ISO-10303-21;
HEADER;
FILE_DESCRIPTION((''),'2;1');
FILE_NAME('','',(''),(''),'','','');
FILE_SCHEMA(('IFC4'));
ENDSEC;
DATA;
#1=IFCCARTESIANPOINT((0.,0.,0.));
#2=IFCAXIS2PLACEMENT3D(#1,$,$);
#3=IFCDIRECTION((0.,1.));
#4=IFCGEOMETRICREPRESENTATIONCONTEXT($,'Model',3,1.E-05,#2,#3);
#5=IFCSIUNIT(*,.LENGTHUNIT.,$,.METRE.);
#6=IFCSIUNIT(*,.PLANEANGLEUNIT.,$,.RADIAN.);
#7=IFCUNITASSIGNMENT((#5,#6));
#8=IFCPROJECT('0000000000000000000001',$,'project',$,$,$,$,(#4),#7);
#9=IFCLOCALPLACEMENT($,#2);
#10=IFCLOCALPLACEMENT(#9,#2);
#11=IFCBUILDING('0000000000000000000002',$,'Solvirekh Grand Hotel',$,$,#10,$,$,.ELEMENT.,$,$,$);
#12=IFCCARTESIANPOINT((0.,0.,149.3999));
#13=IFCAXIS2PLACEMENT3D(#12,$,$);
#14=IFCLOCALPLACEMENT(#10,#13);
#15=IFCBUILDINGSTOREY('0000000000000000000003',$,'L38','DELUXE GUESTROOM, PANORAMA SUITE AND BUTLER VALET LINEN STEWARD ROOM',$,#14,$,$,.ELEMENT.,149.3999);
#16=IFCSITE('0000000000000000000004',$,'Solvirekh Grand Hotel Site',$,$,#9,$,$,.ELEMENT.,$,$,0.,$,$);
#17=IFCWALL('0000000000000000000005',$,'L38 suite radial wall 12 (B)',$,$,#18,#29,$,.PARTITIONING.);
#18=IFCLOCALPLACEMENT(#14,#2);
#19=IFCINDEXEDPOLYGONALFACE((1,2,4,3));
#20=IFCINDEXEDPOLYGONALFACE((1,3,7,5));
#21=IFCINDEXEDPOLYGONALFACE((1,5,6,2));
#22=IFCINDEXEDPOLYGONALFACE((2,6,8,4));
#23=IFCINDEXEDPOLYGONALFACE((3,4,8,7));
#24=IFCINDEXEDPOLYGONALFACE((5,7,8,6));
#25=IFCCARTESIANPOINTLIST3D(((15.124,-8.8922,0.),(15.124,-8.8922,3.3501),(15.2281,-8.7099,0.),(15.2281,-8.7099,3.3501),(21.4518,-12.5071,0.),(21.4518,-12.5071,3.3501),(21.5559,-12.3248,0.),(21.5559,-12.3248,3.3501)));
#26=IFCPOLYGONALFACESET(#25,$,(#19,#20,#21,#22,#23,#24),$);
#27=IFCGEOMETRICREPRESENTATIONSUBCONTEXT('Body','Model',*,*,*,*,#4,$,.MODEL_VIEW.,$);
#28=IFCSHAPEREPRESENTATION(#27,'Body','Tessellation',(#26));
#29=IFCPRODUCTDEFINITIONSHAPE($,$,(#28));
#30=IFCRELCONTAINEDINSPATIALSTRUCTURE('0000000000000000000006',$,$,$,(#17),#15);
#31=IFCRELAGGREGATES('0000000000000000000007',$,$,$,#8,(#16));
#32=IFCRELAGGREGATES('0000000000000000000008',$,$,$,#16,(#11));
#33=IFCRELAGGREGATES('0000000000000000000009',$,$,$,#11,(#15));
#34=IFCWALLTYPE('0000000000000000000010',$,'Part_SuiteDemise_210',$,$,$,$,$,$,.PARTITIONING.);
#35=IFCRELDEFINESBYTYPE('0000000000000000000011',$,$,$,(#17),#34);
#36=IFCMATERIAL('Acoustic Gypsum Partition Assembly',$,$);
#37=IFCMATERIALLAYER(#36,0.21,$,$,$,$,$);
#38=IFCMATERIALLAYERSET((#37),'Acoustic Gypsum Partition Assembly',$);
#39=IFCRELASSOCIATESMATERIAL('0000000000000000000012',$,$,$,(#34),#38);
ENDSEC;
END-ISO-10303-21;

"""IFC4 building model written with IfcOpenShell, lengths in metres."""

from ifc_helpers import new_model, si_unit, direction, frame, frame_2d, origin, place, context, subcontext, project, spatial, rectangle, extrude, material, layer, layer_set, type_object, element, save


model = new_model("IFC4")

# Units and contexts
model_context = context("Model", 3, precision=1e-05, world=origin(), true_north=direction((0.0, 1.0)))
body_context = subcontext(model_context, "Body", "Model", "MODEL_VIEW")
ifc_project = project(units=[si_unit("LENGTHUNIT", "METRE"), si_unit("PLANEANGLEUNIT", "RADIAN")], contexts=[model_context])

# Site, building, storey
site_placement = place(None, origin())
site = spatial("IfcSite", under=ifc_project, at=site_placement, Name="Solvirekh Grand Hotel Site", CompositionType="ELEMENT", RefElevation=0.0)
building_placement = place(site_placement, origin())
building = spatial("IfcBuilding", under=site, at=building_placement, Name="Solvirekh Grand Hotel", CompositionType="ELEMENT")
storey_placement = place(building_placement, frame((0.0, 0.0, 149.3999)))
storey = spatial("IfcBuildingStorey", under=building, at=storey_placement, Name="L38", Description="DELUXE GUESTROOM, PANORAMA SUITE AND BUTLER VALET LINEN STEWARD ROOM", CompositionType="ELEMENT", Elevation=149.3999)

# Shared definitions
ifc_material_1 = material(Name="Acoustic Gypsum Partition Assembly")

# Wall
ifc_layer_1 = layer(ifc_material_1, 0.21)
ifc_layer_set_1 = layer_set([ifc_layer_1], Name="Acoustic Gypsum Partition Assembly")
wall_type_1 = type_object("IfcWallType", Name="Part_SuiteDemise_210", PredefinedType="PARTITIONING", material=ifc_layer_set_1)
wall_1_placement = place(storey_placement, frame((15.176, -8.801, 0.0), z_axis=(0.0, 0.0, 1.0), x_axis=(0.868299, -0.496042, 0.0)))
element("IfcWall", 1, at=wall_1_placement, inside=storey, type_object=wall_type_1, Name="L38 suite radial wall 12 (B)", PredefinedType="PARTITIONING", context=body_context, shape_type="SweptSolid", body=[
    extrude(rectangle(XDim=7.2876, YDim=0.21, at=frame_2d((3.6438, 0.0))), origin(), (0.0, 0.0, 1.0), 3.3501),
])

save(model, "model.ifc")
